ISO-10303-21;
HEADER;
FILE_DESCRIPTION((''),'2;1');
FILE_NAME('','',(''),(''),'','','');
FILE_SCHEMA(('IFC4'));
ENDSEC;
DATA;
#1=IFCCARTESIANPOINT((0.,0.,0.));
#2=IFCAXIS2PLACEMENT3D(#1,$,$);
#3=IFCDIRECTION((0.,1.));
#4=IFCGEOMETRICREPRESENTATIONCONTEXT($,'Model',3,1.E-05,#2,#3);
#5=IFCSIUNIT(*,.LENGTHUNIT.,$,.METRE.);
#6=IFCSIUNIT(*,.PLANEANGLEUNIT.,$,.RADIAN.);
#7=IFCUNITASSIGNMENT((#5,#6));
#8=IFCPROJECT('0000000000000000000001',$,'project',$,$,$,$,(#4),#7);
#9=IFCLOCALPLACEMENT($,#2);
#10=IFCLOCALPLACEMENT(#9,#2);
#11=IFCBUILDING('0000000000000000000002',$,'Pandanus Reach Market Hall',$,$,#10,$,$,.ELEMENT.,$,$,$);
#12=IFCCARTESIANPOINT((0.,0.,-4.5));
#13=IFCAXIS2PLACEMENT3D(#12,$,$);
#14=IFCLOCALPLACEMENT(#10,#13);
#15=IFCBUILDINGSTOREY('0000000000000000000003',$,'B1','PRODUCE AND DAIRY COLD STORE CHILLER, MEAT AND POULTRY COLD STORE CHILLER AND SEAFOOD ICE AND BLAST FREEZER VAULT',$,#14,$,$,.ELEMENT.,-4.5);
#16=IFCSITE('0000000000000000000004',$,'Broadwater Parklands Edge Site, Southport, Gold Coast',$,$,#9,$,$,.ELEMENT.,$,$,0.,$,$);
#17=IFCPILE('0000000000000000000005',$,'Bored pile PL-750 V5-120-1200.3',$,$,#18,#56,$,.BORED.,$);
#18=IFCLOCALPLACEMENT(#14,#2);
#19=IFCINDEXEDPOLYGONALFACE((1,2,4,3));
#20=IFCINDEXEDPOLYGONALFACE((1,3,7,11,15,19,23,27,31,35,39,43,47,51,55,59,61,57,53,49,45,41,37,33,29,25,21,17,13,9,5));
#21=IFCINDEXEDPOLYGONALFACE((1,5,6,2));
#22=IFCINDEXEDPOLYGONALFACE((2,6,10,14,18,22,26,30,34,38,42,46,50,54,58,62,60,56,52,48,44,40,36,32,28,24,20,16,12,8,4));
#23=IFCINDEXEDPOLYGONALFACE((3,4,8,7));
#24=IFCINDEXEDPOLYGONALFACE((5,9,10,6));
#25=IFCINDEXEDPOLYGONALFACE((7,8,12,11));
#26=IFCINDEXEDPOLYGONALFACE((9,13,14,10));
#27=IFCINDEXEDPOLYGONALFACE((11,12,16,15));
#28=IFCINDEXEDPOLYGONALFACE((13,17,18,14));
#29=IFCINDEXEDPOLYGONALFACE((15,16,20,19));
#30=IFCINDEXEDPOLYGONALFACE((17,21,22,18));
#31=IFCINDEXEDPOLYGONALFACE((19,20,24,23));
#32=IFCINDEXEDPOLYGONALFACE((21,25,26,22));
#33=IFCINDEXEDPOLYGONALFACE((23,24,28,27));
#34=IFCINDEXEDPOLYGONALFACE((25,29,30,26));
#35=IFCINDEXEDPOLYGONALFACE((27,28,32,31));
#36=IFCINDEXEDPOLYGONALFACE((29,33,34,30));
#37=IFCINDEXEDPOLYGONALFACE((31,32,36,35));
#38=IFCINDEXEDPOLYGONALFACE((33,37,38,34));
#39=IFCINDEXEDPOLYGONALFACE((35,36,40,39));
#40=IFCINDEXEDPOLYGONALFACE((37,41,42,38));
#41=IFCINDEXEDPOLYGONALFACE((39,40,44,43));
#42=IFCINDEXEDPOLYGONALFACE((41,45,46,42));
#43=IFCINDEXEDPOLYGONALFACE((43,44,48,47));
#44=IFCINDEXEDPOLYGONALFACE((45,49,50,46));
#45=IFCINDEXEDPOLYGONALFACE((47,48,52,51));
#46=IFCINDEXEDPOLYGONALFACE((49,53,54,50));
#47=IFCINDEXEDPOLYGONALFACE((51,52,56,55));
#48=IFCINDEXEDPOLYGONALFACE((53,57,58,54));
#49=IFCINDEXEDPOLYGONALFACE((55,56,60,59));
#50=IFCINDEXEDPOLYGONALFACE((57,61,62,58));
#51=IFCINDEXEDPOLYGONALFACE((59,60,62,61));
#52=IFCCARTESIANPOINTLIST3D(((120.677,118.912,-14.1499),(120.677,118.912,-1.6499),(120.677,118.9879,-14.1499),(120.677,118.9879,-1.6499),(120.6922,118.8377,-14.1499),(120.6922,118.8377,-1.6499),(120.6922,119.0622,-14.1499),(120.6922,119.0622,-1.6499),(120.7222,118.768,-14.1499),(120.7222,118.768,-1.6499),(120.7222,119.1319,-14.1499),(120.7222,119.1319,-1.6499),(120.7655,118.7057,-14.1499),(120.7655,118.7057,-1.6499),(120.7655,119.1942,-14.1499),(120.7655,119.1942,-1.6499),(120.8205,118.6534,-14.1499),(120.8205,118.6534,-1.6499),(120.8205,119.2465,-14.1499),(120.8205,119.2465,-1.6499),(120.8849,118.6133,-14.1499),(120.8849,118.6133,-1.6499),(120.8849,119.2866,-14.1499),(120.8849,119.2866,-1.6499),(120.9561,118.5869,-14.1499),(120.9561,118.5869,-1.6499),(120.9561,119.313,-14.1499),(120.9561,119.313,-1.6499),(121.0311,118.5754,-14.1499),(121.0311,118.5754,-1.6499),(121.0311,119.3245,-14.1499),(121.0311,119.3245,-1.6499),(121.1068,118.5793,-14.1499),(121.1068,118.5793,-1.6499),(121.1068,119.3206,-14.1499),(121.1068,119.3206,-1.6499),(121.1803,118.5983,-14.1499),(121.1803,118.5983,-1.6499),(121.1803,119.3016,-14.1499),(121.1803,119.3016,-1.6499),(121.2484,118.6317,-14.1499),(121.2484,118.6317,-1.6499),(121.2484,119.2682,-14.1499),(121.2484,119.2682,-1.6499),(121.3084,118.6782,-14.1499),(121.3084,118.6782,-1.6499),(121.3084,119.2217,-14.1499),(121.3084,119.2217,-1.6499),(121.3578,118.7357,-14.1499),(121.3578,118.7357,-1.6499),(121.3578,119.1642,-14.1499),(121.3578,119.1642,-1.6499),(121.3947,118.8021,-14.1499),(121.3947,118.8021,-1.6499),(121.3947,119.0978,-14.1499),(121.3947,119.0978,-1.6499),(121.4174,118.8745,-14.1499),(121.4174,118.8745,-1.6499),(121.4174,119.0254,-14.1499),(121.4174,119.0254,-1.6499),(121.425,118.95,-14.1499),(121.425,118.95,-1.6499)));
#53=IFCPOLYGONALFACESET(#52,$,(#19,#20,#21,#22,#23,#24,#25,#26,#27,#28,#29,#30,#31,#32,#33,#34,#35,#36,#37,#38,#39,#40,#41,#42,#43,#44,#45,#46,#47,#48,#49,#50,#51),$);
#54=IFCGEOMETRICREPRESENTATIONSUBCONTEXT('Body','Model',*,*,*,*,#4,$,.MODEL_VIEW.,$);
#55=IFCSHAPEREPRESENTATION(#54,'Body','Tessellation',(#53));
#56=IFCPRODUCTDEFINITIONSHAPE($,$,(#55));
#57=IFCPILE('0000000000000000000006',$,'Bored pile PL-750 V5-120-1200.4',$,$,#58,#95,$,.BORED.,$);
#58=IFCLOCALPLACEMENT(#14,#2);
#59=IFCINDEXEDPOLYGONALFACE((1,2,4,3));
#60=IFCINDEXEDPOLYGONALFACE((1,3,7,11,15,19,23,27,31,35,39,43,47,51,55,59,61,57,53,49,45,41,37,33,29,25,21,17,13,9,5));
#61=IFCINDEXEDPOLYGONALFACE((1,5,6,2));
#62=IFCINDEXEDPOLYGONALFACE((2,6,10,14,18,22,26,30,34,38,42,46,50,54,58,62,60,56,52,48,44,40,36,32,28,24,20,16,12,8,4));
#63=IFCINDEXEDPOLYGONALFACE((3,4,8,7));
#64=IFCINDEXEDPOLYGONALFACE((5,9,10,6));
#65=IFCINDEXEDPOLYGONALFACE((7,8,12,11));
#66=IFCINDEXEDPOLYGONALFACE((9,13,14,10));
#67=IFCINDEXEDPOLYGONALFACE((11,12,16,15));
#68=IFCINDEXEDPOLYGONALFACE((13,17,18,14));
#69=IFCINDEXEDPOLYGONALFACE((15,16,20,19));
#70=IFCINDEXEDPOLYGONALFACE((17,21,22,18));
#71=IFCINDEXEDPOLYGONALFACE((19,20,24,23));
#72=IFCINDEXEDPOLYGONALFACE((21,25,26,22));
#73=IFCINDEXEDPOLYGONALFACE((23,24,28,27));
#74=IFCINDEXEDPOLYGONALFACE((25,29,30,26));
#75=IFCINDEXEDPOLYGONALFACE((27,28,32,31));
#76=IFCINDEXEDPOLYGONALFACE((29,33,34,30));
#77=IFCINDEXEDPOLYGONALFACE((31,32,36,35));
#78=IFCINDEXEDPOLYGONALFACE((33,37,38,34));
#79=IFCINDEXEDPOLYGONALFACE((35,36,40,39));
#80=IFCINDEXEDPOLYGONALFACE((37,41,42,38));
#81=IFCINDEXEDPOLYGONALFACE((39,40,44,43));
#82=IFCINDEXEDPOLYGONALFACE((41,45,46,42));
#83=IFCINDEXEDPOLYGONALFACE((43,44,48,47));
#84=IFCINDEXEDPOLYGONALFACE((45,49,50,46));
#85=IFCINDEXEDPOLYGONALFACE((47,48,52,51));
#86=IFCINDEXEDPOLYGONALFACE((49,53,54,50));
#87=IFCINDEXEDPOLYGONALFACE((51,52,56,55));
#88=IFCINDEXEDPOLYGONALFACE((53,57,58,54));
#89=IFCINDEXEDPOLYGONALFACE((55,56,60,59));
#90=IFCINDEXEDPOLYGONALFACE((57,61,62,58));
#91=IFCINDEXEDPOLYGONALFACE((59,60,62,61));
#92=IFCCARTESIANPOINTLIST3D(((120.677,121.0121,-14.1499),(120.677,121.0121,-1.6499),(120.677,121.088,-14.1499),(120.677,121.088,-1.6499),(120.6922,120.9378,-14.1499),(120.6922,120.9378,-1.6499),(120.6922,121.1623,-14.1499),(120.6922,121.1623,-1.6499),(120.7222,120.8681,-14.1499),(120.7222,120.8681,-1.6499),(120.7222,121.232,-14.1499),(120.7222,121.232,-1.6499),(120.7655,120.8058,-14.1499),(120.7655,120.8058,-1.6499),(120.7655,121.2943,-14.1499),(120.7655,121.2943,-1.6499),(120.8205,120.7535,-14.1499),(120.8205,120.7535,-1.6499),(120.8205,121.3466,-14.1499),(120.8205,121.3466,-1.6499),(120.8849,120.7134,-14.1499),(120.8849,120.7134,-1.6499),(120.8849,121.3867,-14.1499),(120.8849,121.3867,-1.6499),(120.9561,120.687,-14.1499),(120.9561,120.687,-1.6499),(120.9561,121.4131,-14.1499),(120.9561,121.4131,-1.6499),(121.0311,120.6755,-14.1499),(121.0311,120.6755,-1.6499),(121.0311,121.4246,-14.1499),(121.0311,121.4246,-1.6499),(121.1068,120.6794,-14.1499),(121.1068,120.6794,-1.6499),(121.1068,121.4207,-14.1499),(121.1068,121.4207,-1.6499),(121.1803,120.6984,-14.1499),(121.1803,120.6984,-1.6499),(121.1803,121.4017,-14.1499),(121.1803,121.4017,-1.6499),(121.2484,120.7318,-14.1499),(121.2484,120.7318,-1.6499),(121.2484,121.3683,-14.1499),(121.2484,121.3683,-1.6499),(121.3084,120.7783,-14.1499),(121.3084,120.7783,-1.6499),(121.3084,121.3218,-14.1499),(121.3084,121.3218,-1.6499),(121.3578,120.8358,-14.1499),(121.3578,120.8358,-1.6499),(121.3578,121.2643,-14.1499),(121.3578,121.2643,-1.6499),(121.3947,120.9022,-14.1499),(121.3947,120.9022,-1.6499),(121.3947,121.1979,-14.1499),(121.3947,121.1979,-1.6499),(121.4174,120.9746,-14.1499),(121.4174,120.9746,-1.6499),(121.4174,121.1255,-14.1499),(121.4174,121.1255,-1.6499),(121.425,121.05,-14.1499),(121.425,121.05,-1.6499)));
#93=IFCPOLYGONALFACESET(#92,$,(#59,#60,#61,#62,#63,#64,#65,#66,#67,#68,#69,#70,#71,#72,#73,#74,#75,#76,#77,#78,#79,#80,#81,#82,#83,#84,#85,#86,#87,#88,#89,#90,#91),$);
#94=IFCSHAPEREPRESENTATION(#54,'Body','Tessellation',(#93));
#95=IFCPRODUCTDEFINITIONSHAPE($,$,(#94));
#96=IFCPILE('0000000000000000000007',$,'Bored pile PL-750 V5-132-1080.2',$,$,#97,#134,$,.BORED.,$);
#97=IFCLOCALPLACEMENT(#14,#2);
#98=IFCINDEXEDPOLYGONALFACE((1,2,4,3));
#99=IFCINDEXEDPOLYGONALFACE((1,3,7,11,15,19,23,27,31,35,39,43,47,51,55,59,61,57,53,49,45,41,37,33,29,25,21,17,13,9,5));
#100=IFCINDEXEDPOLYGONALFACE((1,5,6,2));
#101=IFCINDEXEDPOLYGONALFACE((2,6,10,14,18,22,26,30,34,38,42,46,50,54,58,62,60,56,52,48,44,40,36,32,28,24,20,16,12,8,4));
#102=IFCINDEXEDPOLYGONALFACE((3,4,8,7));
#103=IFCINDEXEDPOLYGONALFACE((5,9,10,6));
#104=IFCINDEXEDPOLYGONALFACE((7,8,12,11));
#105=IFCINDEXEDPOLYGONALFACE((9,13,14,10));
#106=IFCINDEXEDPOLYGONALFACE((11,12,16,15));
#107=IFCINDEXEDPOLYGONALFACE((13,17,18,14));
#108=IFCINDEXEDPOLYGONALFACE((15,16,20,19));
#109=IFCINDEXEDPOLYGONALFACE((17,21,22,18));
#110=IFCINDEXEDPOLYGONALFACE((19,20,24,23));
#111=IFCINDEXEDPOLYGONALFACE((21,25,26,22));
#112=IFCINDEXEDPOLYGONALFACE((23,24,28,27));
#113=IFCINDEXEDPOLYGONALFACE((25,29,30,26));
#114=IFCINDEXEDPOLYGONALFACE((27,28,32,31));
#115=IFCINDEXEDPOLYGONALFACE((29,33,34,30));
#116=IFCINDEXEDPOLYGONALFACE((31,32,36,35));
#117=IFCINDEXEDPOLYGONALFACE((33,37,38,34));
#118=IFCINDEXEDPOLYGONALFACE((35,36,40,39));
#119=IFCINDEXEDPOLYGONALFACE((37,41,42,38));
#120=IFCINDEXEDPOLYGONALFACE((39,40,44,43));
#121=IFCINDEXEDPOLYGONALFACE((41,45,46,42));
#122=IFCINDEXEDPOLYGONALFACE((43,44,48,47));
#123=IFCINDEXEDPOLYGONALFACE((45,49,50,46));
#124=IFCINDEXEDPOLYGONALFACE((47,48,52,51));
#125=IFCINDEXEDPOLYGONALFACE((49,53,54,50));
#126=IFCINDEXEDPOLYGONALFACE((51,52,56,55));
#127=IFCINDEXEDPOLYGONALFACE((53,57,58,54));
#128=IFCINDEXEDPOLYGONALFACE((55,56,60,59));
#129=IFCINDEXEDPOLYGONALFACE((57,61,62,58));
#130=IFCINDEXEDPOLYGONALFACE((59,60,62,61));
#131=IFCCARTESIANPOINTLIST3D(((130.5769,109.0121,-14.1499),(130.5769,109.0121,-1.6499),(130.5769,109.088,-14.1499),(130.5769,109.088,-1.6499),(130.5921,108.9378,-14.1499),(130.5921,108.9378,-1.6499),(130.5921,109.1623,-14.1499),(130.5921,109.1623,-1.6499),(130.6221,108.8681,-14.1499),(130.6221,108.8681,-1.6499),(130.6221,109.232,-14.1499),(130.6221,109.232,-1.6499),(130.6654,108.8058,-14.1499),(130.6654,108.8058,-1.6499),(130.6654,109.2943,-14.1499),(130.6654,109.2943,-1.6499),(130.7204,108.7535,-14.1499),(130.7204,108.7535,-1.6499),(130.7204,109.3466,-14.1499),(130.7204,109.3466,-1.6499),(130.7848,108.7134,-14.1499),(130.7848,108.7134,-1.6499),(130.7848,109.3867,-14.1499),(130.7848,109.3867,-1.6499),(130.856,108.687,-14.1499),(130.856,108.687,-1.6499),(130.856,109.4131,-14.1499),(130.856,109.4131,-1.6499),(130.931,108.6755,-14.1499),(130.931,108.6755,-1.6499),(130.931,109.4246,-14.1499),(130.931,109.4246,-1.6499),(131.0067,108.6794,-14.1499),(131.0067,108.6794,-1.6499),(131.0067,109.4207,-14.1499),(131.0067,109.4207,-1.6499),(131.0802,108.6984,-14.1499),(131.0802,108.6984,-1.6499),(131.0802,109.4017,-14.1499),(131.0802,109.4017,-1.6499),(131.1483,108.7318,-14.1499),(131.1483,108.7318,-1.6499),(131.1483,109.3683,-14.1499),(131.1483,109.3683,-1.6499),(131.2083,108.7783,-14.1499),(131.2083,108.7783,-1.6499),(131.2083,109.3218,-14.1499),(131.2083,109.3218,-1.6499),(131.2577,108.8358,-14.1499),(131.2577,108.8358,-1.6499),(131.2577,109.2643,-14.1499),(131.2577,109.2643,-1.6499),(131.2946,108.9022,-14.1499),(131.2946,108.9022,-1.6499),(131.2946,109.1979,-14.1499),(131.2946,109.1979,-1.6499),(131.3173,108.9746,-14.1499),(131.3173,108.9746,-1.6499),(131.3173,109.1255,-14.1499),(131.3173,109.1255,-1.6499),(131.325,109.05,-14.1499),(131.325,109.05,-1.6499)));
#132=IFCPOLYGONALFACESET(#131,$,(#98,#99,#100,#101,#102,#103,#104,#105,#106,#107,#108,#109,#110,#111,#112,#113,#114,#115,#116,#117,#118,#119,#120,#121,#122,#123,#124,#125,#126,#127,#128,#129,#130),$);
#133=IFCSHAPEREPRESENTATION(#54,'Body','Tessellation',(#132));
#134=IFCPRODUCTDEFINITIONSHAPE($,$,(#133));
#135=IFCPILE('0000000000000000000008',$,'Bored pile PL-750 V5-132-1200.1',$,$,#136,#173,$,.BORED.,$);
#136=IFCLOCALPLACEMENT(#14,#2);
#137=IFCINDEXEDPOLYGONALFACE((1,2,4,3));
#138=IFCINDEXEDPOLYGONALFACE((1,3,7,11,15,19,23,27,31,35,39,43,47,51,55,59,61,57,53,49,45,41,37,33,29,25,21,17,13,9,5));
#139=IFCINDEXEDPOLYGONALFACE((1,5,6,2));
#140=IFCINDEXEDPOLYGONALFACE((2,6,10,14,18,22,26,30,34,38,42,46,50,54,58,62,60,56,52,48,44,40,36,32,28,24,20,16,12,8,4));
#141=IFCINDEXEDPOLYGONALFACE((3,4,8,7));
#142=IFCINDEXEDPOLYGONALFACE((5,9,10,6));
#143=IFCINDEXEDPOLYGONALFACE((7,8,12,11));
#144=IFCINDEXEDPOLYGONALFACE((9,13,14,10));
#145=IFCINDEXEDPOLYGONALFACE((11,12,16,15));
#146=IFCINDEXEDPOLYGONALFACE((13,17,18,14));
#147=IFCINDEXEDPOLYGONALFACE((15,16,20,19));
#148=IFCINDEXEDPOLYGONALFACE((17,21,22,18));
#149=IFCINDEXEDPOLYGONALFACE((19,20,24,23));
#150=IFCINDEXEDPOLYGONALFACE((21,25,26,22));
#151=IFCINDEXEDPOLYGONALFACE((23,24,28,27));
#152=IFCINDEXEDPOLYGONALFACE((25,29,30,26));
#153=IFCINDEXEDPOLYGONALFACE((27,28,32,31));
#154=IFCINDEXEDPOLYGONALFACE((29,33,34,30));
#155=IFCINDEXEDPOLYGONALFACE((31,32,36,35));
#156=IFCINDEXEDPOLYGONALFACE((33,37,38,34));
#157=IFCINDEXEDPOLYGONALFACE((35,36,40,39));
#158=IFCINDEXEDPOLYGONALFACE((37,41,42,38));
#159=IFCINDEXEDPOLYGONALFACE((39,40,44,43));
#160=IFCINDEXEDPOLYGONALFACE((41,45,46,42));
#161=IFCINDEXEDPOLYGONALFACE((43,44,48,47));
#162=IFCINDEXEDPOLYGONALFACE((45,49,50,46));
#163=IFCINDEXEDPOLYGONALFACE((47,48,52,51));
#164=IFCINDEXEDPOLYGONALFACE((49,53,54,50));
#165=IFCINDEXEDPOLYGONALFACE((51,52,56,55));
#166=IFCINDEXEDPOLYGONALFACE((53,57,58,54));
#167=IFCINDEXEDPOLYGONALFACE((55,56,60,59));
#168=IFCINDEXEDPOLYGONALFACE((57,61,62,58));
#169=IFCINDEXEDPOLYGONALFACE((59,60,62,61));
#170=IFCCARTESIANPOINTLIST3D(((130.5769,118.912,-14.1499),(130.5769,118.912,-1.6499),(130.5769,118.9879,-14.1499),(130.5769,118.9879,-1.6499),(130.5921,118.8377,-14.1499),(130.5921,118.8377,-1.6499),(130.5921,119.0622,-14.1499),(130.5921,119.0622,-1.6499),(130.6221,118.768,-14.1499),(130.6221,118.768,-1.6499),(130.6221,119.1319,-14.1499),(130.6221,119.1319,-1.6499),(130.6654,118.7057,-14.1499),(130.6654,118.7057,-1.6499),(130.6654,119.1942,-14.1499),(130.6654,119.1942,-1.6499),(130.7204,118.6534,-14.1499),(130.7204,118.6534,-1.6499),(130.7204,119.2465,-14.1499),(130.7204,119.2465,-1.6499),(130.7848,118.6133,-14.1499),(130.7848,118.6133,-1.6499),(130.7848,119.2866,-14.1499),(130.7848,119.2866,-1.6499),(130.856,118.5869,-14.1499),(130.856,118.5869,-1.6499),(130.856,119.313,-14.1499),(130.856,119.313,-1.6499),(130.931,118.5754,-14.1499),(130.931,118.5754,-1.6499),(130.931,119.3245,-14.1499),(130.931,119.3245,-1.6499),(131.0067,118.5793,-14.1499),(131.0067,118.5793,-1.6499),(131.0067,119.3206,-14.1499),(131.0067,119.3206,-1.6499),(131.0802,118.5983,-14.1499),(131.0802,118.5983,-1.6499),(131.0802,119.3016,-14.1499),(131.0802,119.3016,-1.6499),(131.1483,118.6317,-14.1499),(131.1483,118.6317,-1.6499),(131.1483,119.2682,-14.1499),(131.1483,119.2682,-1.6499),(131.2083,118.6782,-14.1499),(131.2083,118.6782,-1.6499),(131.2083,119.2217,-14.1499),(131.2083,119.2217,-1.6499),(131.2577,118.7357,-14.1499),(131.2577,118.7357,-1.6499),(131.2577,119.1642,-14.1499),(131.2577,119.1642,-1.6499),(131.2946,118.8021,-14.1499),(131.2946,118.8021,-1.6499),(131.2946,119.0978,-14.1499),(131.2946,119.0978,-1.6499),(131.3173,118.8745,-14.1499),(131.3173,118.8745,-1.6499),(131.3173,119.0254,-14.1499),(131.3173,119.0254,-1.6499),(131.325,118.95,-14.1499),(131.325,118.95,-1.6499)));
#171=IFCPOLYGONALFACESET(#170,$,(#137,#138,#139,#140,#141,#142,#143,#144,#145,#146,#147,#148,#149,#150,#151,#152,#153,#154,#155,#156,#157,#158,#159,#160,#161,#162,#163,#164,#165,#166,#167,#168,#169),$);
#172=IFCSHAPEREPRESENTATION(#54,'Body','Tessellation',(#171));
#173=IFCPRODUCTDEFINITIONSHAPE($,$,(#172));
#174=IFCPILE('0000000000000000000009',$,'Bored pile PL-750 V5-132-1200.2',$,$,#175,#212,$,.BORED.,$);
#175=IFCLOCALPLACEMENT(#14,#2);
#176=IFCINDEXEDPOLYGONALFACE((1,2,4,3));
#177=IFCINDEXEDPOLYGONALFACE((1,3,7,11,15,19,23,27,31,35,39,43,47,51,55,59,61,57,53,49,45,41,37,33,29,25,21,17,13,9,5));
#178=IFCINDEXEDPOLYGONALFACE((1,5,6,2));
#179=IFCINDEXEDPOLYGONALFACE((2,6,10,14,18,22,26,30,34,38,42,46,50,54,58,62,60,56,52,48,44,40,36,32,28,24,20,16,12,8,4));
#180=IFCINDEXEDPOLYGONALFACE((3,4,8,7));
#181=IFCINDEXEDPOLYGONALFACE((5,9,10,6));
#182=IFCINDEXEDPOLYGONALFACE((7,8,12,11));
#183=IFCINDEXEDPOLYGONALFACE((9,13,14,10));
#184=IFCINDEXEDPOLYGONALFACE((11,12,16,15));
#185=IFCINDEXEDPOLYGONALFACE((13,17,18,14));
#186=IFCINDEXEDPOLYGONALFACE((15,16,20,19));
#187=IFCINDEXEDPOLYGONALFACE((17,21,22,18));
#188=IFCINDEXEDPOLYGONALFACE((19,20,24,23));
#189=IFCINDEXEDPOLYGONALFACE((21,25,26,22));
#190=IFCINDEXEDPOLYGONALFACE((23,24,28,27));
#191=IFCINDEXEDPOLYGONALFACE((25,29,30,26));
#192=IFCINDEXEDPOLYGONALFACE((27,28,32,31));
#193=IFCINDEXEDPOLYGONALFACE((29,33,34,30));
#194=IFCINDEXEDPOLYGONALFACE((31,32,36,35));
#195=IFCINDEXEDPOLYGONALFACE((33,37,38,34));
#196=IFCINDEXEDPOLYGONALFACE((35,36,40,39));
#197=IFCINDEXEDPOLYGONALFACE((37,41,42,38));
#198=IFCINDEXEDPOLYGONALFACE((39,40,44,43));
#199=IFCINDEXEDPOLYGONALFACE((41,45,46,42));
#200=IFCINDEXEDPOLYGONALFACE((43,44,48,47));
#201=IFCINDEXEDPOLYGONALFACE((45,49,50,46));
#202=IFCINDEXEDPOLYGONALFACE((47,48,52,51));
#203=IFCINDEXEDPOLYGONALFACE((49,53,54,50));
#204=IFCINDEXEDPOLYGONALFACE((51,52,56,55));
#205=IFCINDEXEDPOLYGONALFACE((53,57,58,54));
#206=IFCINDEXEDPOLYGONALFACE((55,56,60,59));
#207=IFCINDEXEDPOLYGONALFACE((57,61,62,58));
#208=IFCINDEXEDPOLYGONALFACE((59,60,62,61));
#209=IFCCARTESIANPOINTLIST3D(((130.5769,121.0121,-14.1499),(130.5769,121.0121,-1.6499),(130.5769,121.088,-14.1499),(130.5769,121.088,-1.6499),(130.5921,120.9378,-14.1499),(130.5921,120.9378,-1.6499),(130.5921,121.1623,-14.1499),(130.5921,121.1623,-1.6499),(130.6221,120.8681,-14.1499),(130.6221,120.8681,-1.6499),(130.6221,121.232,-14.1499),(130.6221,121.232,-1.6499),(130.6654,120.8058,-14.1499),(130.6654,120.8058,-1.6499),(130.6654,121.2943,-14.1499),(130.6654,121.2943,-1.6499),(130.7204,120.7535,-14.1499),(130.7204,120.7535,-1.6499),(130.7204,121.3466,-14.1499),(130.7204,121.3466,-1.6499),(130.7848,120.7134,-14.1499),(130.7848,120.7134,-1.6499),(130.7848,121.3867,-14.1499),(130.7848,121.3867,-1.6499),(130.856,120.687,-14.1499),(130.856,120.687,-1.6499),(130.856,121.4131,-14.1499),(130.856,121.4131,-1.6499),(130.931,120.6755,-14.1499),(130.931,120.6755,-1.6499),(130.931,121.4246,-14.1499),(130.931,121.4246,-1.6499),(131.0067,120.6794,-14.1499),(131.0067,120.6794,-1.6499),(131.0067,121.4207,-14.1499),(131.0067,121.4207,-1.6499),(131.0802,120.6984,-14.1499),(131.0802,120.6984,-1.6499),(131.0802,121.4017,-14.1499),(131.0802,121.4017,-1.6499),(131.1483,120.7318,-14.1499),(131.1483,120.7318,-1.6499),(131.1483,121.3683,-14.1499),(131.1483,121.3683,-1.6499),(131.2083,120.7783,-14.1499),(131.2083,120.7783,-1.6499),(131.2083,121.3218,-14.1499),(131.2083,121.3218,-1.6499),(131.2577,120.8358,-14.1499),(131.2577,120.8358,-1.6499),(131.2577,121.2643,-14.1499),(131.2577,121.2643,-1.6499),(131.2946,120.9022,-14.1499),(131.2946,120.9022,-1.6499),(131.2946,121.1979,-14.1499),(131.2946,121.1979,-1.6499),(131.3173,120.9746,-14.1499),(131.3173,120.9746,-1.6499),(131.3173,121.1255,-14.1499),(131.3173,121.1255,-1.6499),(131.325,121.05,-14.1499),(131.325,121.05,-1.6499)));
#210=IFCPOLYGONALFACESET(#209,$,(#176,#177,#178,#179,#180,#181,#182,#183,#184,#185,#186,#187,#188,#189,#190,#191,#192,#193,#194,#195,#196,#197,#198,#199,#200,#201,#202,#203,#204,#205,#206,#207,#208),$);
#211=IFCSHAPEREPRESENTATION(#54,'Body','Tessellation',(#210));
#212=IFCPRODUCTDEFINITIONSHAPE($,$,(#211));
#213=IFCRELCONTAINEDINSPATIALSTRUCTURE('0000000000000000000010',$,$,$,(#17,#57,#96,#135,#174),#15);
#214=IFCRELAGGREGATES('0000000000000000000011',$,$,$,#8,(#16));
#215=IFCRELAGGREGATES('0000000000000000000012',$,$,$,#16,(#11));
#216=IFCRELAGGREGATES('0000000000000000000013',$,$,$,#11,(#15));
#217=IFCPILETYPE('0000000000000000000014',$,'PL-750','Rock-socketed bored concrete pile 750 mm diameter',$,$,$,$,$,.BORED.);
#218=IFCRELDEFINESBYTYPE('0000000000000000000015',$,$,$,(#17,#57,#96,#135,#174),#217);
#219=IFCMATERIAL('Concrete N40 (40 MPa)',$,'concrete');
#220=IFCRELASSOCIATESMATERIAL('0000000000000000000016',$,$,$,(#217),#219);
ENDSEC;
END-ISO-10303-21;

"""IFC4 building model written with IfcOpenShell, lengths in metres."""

from ifc_helpers import new_model, si_unit, direction, frame, origin, origin_2d, place, context, subcontext, project, spatial, circle, extrude, material, material_profile, profile_set, type_object, element, save


model = new_model("IFC4")

# Units and contexts
model_context = context("Model", 3, precision=1e-05, world=origin(), true_north=direction((0.0, 1.0)))
body_context = subcontext(model_context, "Body", "Model", "MODEL_VIEW")
ifc_project = project(units=[si_unit("LENGTHUNIT", "METRE"), si_unit("PLANEANGLEUNIT", "RADIAN")], contexts=[model_context])

# Site, building, storey
site_placement = place(None, origin())
site = spatial("IfcSite", under=ifc_project, at=site_placement, Name="Broadwater Parklands Edge Site, Southport, Gold Coast", CompositionType="ELEMENT", RefElevation=0.0)
building_placement = place(site_placement, origin())
building = spatial("IfcBuilding", under=site, at=building_placement, Name="Pandanus Reach Market Hall", CompositionType="ELEMENT")
storey_placement = place(building_placement, frame((0.0, 0.0, -4.5)))
storey = spatial("IfcBuildingStorey", under=building, at=storey_placement, Name="B1", Description="PRODUCE AND DAIRY COLD STORE CHILLER, MEAT AND POULTRY COLD STORE CHILLER AND SEAFOOD ICE AND BLAST FREEZER VAULT", CompositionType="ELEMENT", Elevation=-4.5)

# Shared definitions
ifc_material_1 = material(Name="Concrete N40 (40 MPa)", Category="concrete")

# Piles
ifc_material_profile_1 = material_profile(ifc_material_1, circle(Radius=0.375, at=origin_2d()), Name="PILE-750D", Category="LoadBearing")
ifc_profile_set_1 = profile_set([ifc_material_profile_1], Name="Concrete N40 (40 MPa)")
pile_type = type_object("IfcPileType", Name="PL-750", Description="Rock-socketed bored concrete pile 750 mm diameter", PredefinedType="BORED", material=ifc_profile_set_1)
for number, where, z_axis, x_axis, name in (
    (1, (121.05, 118.95, -1.6499), (0.0, 0.0, -1.0), (1.0, 0.0, 0.0), "Bored pile PL-750 V5-120-1200.3"),
    (2, (121.05, 121.05, -1.6499), (0.0, 0.0, -1.0), (1.0, 0.0, 0.0), "Bored pile PL-750 V5-120-1200.4"),
    (3, (130.95, 109.05, -1.6499), (0.0, 0.0, -1.0), (1.0, 0.0, 0.0), "Bored pile PL-750 V5-132-1080.2"),
    (4, (130.95, 118.95, -1.6499), (0.0, 0.0, -1.0), (1.0, 0.0, 0.0), "Bored pile PL-750 V5-132-1200.1"),
    (5, (130.95, 121.05, -1.6499), (0.0, 0.0, -1.0), (1.0, 0.0, 0.0), "Bored pile PL-750 V5-132-1200.2"),
):
    element("IfcPile", number, at=place(storey_placement, frame(where, z_axis=z_axis, x_axis=x_axis)), inside=storey, type_object=pile_type, Name=name, PredefinedType="BORED", context=body_context, shape_type="SweptSolid", body=[
        extrude(circle(Radius=0.375, at=origin_2d()), origin(), (0.0, 0.0, 1.0), 12.5),
    ])

save(model, "model.ifc")
